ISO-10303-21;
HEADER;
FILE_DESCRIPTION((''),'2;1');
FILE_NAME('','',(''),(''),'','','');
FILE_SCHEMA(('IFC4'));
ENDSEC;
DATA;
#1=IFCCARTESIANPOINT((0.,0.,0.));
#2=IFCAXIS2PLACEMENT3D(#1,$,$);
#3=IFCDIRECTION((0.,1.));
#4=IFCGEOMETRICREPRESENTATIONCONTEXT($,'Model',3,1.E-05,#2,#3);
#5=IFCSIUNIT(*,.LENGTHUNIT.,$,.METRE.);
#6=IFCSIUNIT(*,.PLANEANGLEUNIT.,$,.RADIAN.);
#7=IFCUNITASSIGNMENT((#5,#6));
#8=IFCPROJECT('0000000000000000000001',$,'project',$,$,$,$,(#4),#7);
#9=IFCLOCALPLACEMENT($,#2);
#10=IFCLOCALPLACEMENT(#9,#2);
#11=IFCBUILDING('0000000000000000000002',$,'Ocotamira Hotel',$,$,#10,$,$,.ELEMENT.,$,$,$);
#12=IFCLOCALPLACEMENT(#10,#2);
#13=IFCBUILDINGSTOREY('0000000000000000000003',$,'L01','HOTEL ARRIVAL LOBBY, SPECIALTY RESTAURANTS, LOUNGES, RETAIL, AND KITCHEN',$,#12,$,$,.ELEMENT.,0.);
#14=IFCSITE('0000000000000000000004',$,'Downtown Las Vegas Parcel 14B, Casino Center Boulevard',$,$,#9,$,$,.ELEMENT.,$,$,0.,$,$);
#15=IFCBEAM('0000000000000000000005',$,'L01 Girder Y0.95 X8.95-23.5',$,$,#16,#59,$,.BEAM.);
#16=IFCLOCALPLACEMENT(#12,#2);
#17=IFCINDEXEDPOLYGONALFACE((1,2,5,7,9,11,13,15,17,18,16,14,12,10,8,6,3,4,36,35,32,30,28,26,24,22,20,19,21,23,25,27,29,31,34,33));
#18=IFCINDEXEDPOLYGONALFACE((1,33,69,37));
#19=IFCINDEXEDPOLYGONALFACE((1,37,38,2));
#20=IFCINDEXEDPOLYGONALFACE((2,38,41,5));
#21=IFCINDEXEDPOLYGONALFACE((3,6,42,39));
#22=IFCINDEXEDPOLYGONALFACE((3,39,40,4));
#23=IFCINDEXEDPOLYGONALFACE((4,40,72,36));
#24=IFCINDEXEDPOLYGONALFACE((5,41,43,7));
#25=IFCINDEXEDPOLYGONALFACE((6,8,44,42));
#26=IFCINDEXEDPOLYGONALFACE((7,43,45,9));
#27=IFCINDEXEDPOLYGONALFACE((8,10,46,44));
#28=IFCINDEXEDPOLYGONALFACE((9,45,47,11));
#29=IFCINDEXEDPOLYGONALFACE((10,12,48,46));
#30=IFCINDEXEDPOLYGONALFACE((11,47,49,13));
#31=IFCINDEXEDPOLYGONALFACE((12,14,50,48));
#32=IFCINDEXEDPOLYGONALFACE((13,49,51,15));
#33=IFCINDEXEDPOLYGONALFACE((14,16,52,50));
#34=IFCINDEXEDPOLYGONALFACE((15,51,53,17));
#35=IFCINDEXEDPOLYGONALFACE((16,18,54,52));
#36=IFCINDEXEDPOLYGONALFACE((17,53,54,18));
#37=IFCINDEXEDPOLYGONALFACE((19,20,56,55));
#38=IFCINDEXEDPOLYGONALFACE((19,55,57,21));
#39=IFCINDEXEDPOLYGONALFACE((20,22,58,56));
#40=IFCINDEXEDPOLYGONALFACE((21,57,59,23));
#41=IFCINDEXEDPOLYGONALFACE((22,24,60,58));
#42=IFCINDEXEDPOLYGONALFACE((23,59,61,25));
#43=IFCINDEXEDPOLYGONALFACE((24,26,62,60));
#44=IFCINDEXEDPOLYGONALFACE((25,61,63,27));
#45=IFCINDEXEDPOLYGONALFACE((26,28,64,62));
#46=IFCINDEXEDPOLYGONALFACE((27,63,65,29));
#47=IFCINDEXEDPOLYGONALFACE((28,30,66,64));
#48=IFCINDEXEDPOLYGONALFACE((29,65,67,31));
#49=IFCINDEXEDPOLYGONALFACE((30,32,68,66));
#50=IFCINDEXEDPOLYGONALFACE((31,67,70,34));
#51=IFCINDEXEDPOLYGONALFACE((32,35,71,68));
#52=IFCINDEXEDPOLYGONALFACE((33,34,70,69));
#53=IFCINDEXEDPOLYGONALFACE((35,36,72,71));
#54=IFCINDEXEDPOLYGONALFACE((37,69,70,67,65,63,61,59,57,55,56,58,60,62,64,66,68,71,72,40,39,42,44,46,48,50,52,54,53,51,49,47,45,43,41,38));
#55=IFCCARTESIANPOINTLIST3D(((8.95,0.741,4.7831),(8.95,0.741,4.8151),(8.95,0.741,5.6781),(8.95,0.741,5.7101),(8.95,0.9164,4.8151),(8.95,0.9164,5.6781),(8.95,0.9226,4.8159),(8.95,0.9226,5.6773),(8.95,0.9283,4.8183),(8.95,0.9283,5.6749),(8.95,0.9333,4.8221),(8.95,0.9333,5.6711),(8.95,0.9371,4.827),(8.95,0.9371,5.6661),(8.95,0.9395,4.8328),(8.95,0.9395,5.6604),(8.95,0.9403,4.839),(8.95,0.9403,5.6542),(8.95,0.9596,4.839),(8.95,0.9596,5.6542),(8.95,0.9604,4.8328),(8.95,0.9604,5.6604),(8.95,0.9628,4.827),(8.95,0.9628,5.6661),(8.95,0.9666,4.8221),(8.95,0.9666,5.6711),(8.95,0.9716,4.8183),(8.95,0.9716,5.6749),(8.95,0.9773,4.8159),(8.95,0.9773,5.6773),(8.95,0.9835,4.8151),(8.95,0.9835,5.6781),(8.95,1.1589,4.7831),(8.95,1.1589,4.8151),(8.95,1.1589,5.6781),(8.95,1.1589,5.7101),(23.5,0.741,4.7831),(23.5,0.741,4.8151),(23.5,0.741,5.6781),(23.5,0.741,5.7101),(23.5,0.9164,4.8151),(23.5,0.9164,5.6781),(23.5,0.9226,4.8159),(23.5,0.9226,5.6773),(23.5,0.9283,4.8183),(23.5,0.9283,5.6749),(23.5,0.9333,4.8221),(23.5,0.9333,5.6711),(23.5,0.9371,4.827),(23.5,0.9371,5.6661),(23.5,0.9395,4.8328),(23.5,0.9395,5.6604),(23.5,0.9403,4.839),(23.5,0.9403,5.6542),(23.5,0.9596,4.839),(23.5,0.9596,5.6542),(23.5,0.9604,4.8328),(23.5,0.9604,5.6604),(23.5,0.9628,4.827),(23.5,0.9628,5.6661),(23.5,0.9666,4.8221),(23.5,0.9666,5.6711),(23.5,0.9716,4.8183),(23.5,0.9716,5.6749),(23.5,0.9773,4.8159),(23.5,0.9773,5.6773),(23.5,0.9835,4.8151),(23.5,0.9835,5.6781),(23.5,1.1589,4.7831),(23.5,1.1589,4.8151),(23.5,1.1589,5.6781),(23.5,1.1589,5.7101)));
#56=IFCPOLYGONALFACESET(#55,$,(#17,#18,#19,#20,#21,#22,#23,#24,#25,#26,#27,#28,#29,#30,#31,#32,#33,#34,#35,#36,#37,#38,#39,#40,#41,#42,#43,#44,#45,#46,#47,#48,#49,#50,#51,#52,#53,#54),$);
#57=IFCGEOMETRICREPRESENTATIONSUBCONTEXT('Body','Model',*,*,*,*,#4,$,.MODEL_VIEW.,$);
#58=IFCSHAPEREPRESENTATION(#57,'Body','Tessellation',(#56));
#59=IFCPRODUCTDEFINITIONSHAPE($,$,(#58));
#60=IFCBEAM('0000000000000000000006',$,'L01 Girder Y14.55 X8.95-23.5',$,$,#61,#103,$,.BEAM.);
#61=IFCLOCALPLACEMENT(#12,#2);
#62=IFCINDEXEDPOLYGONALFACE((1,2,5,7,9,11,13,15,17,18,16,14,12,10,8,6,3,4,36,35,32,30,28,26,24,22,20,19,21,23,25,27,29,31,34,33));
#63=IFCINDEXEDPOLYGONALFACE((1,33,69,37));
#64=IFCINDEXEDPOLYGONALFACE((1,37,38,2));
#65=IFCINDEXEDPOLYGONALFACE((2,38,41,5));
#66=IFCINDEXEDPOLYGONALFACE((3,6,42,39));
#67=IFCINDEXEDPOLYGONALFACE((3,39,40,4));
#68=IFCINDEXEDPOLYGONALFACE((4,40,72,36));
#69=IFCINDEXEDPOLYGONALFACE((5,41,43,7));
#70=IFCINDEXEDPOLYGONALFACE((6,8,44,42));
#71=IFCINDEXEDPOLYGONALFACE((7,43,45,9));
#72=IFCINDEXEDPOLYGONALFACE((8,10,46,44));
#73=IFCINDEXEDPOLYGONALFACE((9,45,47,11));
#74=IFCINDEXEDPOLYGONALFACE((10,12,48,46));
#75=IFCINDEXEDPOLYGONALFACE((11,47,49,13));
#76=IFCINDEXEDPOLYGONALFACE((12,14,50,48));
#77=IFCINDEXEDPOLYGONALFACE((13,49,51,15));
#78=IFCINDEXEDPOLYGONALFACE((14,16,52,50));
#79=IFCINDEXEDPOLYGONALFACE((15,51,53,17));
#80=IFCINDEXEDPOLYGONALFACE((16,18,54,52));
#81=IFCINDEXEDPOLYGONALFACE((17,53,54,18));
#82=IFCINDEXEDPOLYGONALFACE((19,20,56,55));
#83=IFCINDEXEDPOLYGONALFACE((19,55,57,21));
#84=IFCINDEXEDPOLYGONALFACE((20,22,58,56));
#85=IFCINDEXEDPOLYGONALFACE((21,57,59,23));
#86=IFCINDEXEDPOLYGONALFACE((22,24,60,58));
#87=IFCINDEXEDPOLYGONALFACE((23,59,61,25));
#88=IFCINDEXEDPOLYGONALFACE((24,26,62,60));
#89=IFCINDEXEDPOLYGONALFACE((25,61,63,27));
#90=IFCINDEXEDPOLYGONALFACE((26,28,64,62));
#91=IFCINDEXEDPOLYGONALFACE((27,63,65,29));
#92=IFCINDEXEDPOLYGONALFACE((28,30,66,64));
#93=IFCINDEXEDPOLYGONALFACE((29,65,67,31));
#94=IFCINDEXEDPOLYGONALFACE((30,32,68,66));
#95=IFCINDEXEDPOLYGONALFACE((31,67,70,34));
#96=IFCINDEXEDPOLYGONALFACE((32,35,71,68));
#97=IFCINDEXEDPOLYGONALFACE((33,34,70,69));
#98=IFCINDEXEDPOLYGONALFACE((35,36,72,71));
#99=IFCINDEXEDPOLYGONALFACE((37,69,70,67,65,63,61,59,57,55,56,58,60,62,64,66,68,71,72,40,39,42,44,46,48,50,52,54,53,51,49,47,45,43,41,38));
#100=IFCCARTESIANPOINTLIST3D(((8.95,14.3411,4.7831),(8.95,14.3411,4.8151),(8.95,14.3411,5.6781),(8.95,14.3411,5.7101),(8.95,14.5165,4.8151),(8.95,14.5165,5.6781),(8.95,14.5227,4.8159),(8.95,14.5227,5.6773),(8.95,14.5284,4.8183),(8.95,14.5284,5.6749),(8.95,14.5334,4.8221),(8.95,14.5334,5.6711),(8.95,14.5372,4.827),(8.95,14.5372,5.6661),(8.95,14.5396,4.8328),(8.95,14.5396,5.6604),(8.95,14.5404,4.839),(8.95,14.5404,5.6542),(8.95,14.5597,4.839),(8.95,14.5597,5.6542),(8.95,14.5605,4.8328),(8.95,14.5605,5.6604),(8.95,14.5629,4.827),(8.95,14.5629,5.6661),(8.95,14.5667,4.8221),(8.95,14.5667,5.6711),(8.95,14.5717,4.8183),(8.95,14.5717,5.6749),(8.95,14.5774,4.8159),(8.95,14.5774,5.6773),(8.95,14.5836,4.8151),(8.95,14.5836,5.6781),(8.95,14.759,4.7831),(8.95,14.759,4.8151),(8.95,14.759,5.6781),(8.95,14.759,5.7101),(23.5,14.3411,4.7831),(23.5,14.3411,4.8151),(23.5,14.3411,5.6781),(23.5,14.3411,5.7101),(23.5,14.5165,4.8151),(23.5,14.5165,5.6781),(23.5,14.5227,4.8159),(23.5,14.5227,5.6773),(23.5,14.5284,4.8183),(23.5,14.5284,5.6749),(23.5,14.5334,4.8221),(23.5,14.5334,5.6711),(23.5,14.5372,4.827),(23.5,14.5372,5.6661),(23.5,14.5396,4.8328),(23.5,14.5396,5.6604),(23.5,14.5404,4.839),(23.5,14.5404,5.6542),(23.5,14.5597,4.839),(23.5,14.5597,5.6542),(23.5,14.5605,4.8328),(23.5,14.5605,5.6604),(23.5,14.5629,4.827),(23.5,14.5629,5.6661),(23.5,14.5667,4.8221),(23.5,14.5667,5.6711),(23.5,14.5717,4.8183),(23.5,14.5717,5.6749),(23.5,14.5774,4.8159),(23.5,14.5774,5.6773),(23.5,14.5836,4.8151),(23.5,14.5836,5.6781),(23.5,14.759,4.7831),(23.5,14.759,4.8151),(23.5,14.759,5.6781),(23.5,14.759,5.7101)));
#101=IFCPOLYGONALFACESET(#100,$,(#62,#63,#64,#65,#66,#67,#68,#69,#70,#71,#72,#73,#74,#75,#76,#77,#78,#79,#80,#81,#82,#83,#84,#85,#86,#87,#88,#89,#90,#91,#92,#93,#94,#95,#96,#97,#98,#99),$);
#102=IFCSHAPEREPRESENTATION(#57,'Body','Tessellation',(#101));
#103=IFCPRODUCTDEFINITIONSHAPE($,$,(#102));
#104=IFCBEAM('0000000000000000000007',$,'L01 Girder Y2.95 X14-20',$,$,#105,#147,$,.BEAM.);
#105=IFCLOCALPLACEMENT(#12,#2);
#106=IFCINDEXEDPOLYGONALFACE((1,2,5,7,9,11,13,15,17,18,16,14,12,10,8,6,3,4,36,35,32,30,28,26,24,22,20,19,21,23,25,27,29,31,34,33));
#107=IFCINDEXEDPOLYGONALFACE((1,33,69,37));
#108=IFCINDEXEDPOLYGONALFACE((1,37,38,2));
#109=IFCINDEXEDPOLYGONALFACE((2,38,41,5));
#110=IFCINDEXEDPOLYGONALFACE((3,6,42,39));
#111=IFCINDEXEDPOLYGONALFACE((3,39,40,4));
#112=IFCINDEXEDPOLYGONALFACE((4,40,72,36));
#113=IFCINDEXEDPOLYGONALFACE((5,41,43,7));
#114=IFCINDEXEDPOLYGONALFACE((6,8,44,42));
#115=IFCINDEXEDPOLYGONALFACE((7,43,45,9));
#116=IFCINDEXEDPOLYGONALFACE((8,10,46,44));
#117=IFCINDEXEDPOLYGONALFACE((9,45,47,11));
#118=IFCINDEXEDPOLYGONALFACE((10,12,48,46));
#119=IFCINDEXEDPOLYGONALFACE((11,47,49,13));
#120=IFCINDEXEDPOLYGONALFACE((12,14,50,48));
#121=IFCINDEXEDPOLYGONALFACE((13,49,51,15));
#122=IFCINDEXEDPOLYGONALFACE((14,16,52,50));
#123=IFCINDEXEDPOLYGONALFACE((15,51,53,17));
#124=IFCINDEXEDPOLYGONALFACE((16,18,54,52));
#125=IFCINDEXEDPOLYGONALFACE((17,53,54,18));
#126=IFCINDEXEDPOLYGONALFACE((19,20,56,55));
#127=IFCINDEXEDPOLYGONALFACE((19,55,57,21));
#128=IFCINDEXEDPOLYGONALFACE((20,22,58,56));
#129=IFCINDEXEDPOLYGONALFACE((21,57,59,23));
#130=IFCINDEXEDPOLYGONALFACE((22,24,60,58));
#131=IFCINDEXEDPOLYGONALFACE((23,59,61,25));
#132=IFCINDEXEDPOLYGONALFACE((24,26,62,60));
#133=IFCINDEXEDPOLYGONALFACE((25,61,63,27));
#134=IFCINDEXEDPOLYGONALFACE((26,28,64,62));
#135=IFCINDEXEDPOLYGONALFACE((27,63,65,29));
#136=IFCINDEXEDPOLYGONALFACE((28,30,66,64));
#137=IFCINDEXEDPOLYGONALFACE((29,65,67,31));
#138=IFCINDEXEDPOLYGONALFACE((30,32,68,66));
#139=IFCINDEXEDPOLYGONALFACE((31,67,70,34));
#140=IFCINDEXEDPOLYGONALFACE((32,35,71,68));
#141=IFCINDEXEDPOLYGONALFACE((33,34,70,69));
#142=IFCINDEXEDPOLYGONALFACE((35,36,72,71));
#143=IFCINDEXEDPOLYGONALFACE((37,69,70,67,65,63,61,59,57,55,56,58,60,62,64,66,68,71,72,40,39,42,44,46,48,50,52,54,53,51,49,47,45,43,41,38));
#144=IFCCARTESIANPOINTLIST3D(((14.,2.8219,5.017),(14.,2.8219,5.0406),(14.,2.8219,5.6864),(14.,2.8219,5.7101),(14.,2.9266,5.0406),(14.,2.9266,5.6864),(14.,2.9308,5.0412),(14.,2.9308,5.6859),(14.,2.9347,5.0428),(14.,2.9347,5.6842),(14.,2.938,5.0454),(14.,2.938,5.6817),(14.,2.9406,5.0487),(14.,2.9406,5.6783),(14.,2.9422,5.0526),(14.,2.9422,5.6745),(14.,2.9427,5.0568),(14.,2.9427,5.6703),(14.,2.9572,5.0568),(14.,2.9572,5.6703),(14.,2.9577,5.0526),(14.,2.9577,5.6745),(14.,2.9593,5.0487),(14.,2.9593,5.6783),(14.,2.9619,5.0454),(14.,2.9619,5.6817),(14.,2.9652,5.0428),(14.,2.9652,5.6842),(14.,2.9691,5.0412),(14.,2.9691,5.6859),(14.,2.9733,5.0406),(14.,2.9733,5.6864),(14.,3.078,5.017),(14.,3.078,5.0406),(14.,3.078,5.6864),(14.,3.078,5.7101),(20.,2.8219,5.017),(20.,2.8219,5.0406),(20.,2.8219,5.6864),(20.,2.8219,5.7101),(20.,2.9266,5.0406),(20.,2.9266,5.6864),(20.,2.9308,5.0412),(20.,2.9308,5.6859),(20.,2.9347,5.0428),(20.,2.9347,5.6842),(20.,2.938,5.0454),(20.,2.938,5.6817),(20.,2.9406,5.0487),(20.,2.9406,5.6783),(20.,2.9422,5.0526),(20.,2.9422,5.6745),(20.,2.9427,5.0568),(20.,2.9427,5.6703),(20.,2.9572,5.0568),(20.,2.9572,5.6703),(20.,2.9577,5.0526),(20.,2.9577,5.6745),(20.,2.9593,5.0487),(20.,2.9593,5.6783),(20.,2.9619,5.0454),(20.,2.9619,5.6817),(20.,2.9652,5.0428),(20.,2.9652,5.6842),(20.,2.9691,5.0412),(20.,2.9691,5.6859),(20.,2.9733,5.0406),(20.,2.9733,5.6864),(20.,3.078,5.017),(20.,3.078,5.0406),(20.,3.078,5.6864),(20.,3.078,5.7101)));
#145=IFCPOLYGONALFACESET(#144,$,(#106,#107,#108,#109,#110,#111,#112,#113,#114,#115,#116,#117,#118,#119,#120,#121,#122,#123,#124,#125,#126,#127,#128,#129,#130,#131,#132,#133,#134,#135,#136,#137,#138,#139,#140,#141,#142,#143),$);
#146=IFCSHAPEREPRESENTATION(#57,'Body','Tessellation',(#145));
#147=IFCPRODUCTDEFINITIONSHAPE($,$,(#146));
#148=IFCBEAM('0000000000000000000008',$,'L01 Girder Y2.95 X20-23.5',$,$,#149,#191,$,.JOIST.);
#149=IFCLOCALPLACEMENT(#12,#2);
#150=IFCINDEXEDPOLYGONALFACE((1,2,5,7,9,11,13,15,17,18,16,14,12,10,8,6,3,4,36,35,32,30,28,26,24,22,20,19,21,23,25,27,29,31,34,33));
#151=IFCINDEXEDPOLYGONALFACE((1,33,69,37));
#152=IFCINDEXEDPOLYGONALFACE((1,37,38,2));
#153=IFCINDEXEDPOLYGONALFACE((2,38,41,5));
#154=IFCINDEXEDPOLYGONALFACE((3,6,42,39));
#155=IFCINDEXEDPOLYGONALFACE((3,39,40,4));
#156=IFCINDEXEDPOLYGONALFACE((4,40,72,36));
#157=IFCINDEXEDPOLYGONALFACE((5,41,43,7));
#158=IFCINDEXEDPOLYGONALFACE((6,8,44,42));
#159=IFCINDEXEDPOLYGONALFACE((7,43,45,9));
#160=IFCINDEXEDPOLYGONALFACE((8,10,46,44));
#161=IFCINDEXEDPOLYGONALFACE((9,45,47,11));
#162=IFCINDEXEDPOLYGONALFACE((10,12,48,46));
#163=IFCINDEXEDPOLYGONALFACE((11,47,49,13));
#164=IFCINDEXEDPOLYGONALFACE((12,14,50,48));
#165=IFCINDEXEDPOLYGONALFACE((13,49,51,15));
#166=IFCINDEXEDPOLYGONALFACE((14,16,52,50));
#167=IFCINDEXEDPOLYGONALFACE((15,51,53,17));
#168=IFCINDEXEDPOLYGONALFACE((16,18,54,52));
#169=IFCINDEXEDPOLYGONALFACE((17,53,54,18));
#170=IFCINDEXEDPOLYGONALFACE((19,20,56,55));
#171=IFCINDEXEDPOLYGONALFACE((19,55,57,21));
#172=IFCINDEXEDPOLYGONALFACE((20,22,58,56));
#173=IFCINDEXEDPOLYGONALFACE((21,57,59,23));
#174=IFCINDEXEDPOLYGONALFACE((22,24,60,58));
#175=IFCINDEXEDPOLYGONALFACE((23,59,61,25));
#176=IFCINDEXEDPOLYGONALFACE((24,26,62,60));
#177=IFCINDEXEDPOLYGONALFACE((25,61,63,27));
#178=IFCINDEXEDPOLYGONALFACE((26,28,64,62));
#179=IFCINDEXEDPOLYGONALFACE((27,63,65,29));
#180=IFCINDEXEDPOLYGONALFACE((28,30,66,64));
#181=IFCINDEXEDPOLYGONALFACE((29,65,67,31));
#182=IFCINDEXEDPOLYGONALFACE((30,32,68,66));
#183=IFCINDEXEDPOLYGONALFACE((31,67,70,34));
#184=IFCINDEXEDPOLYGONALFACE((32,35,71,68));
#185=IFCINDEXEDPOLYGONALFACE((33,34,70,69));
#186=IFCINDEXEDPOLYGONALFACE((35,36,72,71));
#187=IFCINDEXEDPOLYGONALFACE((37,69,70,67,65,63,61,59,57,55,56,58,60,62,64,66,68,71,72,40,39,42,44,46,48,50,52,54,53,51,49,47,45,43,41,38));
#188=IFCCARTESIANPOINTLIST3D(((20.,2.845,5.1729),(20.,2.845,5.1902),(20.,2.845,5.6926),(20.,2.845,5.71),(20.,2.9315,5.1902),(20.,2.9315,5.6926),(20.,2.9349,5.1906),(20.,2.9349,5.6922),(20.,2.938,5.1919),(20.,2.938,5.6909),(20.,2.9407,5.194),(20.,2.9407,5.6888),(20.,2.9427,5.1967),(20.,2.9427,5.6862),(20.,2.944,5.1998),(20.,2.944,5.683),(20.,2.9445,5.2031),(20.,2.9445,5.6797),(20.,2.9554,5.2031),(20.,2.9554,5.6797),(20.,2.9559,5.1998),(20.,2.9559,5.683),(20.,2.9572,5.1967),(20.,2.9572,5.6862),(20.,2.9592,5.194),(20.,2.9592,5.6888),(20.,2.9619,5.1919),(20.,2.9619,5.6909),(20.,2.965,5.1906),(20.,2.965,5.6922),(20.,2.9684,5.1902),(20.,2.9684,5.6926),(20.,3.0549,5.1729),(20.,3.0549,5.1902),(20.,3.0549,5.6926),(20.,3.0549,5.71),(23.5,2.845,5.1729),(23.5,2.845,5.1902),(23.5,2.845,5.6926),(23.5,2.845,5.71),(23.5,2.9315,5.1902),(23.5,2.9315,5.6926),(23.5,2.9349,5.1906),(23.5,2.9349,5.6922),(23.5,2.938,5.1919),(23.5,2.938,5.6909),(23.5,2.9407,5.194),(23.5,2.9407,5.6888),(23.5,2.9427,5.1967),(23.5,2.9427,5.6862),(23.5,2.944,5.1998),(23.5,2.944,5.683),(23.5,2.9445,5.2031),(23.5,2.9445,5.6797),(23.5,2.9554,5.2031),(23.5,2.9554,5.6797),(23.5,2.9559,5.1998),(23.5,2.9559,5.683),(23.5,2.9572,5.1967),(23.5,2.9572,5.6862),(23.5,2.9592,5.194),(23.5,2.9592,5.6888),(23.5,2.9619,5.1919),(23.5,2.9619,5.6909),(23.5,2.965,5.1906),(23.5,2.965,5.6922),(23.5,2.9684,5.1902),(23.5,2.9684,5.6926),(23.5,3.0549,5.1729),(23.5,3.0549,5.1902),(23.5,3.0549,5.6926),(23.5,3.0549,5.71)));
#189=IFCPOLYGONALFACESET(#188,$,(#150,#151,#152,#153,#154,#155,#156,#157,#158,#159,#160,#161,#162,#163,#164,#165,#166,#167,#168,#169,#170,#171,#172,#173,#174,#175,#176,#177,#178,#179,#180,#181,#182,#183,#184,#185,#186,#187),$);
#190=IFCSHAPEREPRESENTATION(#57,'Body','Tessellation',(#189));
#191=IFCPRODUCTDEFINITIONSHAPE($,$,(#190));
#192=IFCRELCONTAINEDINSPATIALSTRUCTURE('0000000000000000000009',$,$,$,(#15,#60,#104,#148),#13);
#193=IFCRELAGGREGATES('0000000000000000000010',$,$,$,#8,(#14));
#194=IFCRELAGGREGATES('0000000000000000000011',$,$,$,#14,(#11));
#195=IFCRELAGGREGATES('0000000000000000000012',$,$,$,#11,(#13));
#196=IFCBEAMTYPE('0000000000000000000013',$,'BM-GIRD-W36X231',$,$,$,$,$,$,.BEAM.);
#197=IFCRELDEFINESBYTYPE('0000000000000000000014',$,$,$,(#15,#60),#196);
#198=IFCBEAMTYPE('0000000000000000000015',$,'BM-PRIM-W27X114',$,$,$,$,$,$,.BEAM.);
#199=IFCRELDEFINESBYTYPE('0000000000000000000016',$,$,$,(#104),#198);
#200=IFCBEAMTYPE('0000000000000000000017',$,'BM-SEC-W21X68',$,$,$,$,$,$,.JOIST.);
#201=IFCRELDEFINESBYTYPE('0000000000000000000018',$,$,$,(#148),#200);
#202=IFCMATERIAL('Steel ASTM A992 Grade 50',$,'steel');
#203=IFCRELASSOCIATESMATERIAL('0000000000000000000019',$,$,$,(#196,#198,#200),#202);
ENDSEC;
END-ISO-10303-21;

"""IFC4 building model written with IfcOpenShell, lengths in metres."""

from ifc_helpers import new_model, si_unit, direction, frame, origin, origin_2d, place, context, subcontext, project, spatial, i_section, extrude, source, transform, mapped, material, material_profile, profile_set, type_object, element, save


model = new_model("IFC4")

# Units and contexts
model_context = context("Model", 3, precision=1e-05, world=origin(), true_north=direction((0.0, 1.0)))
body_context = subcontext(model_context, "Body", "Model", "MODEL_VIEW")
ifc_project = project(units=[si_unit("LENGTHUNIT", "METRE"), si_unit("PLANEANGLEUNIT", "RADIAN")], contexts=[model_context])

# Site, building, storey
site_placement = place(None, origin())
site = spatial("IfcSite", under=ifc_project, at=site_placement, Name="Downtown Las Vegas Parcel 14B, Casino Center Boulevard", CompositionType="ELEMENT", RefElevation=0.0)
building_placement = place(site_placement, origin())
building = spatial("IfcBuilding", under=site, at=building_placement, Name="Ocotamira Hotel", CompositionType="ELEMENT")
storey_placement = place(building_placement, origin())
storey = spatial("IfcBuildingStorey", under=building, at=storey_placement, Name="L01", Description="HOTEL ARRIVAL LOBBY, SPECIALTY RESTAURANTS, LOUNGES, RETAIL, AND KITCHEN", CompositionType="ELEMENT", Elevation=0.0)

# Beams
ifc_material_1 = material(Name="Steel ASTM A992 Grade 50", Category="steel")
ifc_material_profile_1 = material_profile(ifc_material_1, i_section(OverallWidth=0.418, OverallDepth=0.927, WebThickness=0.0193, FlangeThickness=0.032, FilletRadius=0.0239, at=origin_2d()), Name="W36X231")
ifc_profile_set_1 = profile_set([ifc_material_profile_1], Name="Steel ASTM A992 Grade 50")
beam_type_1 = type_object("IfcBeamType", Name="BM-GIRD-W36X231", PredefinedType="BEAM", material=ifc_profile_set_1)
shared_shape_1 = source(origin(), body_context, "Body", "SweptSolid", [
    extrude(i_section(OverallWidth=0.418, OverallDepth=0.927, WebThickness=0.0193, FlangeThickness=0.032, FilletRadius=0.0239, at=origin_2d()), origin(), (0.0, 0.0, 1.0), 14.55),
])
for number, where, z_axis, x_axis, name in (
    (1, (8.95, 0.95, 5.2466), (1.0, 0.0, 0.0), (0.0, 1.0, 0.0), "L01 Girder Y0.95 X8.95-23.5"),
    (2, (8.95, 14.55, 5.2466), (1.0, 0.0, 0.0), (0.0, 1.0, 0.0), "L01 Girder Y14.55 X8.95-23.5"),
):
    element("IfcBeam", number, at=place(storey_placement, frame(where, z_axis=z_axis, x_axis=x_axis)), inside=storey, type_object=beam_type_1, Name=name, PredefinedType="BEAM", context=body_context, shape_type="MappedRepresentation", body=[
        mapped(shared_shape_1, transform((0.0, 0.0, 0.0), scale=1.0)),
    ])
ifc_material_profile_2 = material_profile(ifc_material_1, i_section(OverallWidth=0.2561, OverallDepth=0.6931, WebThickness=0.0144, FlangeThickness=0.0237, FilletRadius=0.0161, at=origin_2d()), Name="W27X114")
ifc_profile_set_2 = profile_set([ifc_material_profile_2], Name="Steel ASTM A992 Grade 50")
beam_type_2 = type_object("IfcBeamType", Name="BM-PRIM-W27X114", PredefinedType="BEAM", material=ifc_profile_set_2)
shared_shape_2 = source(origin(), body_context, "Body", "SweptSolid", [
    extrude(i_section(OverallWidth=0.2561, OverallDepth=0.6931, WebThickness=0.0144, FlangeThickness=0.0237, FilletRadius=0.0161, at=origin_2d()), origin(), (0.0, 0.0, 1.0), 6.0),
])
beam_1_placement = place(storey_placement, frame((14.0, 2.95, 5.3635), z_axis=(1.0, 0.0, 0.0), x_axis=(0.0, 1.0, 0.0)))
element("IfcBeam", 3, at=beam_1_placement, inside=storey, type_object=beam_type_2, Name="L01 Girder Y2.95 X14-20", PredefinedType="BEAM", context=body_context, shape_type="MappedRepresentation", body=[
    mapped(shared_shape_2, transform((0.0, 0.0, 0.0), scale=1.0)),
])
ifc_material_profile_3 = material_profile(ifc_material_1, i_section(OverallWidth=0.21, OverallDepth=0.5371, WebThickness=0.011, FlangeThickness=0.0173, FilletRadius=0.0129, at=origin_2d()), Name="W21X68")
ifc_profile_set_3 = profile_set([ifc_material_profile_3], Name="Steel ASTM A992 Grade 50")
beam_type_3 = type_object("IfcBeamType", Name="BM-SEC-W21X68", PredefinedType="JOIST", material=ifc_profile_set_3)
shared_shape_3 = source(origin(), body_context, "Body", "SweptSolid", [
    extrude(i_section(OverallWidth=0.21, OverallDepth=0.5371, WebThickness=0.011, FlangeThickness=0.0173, FilletRadius=0.0129, at=origin_2d()), origin(), (0.0, 0.0, 1.0), 3.5),
])
beam_2_placement = place(storey_placement, frame((20.0, 2.95, 5.4414), z_axis=(1.0, 0.0, 0.0), x_axis=(0.0, 1.0, 0.0)))
element("IfcBeam", 4, at=beam_2_placement, inside=storey, type_object=beam_type_3, Name="L01 Girder Y2.95 X20-23.5", PredefinedType="JOIST", context=body_context, shape_type="MappedRepresentation", body=[
    mapped(shared_shape_3, transform((0.0, 0.0, 0.0), scale=1.0)),
])

save(model, "model.ifc")
